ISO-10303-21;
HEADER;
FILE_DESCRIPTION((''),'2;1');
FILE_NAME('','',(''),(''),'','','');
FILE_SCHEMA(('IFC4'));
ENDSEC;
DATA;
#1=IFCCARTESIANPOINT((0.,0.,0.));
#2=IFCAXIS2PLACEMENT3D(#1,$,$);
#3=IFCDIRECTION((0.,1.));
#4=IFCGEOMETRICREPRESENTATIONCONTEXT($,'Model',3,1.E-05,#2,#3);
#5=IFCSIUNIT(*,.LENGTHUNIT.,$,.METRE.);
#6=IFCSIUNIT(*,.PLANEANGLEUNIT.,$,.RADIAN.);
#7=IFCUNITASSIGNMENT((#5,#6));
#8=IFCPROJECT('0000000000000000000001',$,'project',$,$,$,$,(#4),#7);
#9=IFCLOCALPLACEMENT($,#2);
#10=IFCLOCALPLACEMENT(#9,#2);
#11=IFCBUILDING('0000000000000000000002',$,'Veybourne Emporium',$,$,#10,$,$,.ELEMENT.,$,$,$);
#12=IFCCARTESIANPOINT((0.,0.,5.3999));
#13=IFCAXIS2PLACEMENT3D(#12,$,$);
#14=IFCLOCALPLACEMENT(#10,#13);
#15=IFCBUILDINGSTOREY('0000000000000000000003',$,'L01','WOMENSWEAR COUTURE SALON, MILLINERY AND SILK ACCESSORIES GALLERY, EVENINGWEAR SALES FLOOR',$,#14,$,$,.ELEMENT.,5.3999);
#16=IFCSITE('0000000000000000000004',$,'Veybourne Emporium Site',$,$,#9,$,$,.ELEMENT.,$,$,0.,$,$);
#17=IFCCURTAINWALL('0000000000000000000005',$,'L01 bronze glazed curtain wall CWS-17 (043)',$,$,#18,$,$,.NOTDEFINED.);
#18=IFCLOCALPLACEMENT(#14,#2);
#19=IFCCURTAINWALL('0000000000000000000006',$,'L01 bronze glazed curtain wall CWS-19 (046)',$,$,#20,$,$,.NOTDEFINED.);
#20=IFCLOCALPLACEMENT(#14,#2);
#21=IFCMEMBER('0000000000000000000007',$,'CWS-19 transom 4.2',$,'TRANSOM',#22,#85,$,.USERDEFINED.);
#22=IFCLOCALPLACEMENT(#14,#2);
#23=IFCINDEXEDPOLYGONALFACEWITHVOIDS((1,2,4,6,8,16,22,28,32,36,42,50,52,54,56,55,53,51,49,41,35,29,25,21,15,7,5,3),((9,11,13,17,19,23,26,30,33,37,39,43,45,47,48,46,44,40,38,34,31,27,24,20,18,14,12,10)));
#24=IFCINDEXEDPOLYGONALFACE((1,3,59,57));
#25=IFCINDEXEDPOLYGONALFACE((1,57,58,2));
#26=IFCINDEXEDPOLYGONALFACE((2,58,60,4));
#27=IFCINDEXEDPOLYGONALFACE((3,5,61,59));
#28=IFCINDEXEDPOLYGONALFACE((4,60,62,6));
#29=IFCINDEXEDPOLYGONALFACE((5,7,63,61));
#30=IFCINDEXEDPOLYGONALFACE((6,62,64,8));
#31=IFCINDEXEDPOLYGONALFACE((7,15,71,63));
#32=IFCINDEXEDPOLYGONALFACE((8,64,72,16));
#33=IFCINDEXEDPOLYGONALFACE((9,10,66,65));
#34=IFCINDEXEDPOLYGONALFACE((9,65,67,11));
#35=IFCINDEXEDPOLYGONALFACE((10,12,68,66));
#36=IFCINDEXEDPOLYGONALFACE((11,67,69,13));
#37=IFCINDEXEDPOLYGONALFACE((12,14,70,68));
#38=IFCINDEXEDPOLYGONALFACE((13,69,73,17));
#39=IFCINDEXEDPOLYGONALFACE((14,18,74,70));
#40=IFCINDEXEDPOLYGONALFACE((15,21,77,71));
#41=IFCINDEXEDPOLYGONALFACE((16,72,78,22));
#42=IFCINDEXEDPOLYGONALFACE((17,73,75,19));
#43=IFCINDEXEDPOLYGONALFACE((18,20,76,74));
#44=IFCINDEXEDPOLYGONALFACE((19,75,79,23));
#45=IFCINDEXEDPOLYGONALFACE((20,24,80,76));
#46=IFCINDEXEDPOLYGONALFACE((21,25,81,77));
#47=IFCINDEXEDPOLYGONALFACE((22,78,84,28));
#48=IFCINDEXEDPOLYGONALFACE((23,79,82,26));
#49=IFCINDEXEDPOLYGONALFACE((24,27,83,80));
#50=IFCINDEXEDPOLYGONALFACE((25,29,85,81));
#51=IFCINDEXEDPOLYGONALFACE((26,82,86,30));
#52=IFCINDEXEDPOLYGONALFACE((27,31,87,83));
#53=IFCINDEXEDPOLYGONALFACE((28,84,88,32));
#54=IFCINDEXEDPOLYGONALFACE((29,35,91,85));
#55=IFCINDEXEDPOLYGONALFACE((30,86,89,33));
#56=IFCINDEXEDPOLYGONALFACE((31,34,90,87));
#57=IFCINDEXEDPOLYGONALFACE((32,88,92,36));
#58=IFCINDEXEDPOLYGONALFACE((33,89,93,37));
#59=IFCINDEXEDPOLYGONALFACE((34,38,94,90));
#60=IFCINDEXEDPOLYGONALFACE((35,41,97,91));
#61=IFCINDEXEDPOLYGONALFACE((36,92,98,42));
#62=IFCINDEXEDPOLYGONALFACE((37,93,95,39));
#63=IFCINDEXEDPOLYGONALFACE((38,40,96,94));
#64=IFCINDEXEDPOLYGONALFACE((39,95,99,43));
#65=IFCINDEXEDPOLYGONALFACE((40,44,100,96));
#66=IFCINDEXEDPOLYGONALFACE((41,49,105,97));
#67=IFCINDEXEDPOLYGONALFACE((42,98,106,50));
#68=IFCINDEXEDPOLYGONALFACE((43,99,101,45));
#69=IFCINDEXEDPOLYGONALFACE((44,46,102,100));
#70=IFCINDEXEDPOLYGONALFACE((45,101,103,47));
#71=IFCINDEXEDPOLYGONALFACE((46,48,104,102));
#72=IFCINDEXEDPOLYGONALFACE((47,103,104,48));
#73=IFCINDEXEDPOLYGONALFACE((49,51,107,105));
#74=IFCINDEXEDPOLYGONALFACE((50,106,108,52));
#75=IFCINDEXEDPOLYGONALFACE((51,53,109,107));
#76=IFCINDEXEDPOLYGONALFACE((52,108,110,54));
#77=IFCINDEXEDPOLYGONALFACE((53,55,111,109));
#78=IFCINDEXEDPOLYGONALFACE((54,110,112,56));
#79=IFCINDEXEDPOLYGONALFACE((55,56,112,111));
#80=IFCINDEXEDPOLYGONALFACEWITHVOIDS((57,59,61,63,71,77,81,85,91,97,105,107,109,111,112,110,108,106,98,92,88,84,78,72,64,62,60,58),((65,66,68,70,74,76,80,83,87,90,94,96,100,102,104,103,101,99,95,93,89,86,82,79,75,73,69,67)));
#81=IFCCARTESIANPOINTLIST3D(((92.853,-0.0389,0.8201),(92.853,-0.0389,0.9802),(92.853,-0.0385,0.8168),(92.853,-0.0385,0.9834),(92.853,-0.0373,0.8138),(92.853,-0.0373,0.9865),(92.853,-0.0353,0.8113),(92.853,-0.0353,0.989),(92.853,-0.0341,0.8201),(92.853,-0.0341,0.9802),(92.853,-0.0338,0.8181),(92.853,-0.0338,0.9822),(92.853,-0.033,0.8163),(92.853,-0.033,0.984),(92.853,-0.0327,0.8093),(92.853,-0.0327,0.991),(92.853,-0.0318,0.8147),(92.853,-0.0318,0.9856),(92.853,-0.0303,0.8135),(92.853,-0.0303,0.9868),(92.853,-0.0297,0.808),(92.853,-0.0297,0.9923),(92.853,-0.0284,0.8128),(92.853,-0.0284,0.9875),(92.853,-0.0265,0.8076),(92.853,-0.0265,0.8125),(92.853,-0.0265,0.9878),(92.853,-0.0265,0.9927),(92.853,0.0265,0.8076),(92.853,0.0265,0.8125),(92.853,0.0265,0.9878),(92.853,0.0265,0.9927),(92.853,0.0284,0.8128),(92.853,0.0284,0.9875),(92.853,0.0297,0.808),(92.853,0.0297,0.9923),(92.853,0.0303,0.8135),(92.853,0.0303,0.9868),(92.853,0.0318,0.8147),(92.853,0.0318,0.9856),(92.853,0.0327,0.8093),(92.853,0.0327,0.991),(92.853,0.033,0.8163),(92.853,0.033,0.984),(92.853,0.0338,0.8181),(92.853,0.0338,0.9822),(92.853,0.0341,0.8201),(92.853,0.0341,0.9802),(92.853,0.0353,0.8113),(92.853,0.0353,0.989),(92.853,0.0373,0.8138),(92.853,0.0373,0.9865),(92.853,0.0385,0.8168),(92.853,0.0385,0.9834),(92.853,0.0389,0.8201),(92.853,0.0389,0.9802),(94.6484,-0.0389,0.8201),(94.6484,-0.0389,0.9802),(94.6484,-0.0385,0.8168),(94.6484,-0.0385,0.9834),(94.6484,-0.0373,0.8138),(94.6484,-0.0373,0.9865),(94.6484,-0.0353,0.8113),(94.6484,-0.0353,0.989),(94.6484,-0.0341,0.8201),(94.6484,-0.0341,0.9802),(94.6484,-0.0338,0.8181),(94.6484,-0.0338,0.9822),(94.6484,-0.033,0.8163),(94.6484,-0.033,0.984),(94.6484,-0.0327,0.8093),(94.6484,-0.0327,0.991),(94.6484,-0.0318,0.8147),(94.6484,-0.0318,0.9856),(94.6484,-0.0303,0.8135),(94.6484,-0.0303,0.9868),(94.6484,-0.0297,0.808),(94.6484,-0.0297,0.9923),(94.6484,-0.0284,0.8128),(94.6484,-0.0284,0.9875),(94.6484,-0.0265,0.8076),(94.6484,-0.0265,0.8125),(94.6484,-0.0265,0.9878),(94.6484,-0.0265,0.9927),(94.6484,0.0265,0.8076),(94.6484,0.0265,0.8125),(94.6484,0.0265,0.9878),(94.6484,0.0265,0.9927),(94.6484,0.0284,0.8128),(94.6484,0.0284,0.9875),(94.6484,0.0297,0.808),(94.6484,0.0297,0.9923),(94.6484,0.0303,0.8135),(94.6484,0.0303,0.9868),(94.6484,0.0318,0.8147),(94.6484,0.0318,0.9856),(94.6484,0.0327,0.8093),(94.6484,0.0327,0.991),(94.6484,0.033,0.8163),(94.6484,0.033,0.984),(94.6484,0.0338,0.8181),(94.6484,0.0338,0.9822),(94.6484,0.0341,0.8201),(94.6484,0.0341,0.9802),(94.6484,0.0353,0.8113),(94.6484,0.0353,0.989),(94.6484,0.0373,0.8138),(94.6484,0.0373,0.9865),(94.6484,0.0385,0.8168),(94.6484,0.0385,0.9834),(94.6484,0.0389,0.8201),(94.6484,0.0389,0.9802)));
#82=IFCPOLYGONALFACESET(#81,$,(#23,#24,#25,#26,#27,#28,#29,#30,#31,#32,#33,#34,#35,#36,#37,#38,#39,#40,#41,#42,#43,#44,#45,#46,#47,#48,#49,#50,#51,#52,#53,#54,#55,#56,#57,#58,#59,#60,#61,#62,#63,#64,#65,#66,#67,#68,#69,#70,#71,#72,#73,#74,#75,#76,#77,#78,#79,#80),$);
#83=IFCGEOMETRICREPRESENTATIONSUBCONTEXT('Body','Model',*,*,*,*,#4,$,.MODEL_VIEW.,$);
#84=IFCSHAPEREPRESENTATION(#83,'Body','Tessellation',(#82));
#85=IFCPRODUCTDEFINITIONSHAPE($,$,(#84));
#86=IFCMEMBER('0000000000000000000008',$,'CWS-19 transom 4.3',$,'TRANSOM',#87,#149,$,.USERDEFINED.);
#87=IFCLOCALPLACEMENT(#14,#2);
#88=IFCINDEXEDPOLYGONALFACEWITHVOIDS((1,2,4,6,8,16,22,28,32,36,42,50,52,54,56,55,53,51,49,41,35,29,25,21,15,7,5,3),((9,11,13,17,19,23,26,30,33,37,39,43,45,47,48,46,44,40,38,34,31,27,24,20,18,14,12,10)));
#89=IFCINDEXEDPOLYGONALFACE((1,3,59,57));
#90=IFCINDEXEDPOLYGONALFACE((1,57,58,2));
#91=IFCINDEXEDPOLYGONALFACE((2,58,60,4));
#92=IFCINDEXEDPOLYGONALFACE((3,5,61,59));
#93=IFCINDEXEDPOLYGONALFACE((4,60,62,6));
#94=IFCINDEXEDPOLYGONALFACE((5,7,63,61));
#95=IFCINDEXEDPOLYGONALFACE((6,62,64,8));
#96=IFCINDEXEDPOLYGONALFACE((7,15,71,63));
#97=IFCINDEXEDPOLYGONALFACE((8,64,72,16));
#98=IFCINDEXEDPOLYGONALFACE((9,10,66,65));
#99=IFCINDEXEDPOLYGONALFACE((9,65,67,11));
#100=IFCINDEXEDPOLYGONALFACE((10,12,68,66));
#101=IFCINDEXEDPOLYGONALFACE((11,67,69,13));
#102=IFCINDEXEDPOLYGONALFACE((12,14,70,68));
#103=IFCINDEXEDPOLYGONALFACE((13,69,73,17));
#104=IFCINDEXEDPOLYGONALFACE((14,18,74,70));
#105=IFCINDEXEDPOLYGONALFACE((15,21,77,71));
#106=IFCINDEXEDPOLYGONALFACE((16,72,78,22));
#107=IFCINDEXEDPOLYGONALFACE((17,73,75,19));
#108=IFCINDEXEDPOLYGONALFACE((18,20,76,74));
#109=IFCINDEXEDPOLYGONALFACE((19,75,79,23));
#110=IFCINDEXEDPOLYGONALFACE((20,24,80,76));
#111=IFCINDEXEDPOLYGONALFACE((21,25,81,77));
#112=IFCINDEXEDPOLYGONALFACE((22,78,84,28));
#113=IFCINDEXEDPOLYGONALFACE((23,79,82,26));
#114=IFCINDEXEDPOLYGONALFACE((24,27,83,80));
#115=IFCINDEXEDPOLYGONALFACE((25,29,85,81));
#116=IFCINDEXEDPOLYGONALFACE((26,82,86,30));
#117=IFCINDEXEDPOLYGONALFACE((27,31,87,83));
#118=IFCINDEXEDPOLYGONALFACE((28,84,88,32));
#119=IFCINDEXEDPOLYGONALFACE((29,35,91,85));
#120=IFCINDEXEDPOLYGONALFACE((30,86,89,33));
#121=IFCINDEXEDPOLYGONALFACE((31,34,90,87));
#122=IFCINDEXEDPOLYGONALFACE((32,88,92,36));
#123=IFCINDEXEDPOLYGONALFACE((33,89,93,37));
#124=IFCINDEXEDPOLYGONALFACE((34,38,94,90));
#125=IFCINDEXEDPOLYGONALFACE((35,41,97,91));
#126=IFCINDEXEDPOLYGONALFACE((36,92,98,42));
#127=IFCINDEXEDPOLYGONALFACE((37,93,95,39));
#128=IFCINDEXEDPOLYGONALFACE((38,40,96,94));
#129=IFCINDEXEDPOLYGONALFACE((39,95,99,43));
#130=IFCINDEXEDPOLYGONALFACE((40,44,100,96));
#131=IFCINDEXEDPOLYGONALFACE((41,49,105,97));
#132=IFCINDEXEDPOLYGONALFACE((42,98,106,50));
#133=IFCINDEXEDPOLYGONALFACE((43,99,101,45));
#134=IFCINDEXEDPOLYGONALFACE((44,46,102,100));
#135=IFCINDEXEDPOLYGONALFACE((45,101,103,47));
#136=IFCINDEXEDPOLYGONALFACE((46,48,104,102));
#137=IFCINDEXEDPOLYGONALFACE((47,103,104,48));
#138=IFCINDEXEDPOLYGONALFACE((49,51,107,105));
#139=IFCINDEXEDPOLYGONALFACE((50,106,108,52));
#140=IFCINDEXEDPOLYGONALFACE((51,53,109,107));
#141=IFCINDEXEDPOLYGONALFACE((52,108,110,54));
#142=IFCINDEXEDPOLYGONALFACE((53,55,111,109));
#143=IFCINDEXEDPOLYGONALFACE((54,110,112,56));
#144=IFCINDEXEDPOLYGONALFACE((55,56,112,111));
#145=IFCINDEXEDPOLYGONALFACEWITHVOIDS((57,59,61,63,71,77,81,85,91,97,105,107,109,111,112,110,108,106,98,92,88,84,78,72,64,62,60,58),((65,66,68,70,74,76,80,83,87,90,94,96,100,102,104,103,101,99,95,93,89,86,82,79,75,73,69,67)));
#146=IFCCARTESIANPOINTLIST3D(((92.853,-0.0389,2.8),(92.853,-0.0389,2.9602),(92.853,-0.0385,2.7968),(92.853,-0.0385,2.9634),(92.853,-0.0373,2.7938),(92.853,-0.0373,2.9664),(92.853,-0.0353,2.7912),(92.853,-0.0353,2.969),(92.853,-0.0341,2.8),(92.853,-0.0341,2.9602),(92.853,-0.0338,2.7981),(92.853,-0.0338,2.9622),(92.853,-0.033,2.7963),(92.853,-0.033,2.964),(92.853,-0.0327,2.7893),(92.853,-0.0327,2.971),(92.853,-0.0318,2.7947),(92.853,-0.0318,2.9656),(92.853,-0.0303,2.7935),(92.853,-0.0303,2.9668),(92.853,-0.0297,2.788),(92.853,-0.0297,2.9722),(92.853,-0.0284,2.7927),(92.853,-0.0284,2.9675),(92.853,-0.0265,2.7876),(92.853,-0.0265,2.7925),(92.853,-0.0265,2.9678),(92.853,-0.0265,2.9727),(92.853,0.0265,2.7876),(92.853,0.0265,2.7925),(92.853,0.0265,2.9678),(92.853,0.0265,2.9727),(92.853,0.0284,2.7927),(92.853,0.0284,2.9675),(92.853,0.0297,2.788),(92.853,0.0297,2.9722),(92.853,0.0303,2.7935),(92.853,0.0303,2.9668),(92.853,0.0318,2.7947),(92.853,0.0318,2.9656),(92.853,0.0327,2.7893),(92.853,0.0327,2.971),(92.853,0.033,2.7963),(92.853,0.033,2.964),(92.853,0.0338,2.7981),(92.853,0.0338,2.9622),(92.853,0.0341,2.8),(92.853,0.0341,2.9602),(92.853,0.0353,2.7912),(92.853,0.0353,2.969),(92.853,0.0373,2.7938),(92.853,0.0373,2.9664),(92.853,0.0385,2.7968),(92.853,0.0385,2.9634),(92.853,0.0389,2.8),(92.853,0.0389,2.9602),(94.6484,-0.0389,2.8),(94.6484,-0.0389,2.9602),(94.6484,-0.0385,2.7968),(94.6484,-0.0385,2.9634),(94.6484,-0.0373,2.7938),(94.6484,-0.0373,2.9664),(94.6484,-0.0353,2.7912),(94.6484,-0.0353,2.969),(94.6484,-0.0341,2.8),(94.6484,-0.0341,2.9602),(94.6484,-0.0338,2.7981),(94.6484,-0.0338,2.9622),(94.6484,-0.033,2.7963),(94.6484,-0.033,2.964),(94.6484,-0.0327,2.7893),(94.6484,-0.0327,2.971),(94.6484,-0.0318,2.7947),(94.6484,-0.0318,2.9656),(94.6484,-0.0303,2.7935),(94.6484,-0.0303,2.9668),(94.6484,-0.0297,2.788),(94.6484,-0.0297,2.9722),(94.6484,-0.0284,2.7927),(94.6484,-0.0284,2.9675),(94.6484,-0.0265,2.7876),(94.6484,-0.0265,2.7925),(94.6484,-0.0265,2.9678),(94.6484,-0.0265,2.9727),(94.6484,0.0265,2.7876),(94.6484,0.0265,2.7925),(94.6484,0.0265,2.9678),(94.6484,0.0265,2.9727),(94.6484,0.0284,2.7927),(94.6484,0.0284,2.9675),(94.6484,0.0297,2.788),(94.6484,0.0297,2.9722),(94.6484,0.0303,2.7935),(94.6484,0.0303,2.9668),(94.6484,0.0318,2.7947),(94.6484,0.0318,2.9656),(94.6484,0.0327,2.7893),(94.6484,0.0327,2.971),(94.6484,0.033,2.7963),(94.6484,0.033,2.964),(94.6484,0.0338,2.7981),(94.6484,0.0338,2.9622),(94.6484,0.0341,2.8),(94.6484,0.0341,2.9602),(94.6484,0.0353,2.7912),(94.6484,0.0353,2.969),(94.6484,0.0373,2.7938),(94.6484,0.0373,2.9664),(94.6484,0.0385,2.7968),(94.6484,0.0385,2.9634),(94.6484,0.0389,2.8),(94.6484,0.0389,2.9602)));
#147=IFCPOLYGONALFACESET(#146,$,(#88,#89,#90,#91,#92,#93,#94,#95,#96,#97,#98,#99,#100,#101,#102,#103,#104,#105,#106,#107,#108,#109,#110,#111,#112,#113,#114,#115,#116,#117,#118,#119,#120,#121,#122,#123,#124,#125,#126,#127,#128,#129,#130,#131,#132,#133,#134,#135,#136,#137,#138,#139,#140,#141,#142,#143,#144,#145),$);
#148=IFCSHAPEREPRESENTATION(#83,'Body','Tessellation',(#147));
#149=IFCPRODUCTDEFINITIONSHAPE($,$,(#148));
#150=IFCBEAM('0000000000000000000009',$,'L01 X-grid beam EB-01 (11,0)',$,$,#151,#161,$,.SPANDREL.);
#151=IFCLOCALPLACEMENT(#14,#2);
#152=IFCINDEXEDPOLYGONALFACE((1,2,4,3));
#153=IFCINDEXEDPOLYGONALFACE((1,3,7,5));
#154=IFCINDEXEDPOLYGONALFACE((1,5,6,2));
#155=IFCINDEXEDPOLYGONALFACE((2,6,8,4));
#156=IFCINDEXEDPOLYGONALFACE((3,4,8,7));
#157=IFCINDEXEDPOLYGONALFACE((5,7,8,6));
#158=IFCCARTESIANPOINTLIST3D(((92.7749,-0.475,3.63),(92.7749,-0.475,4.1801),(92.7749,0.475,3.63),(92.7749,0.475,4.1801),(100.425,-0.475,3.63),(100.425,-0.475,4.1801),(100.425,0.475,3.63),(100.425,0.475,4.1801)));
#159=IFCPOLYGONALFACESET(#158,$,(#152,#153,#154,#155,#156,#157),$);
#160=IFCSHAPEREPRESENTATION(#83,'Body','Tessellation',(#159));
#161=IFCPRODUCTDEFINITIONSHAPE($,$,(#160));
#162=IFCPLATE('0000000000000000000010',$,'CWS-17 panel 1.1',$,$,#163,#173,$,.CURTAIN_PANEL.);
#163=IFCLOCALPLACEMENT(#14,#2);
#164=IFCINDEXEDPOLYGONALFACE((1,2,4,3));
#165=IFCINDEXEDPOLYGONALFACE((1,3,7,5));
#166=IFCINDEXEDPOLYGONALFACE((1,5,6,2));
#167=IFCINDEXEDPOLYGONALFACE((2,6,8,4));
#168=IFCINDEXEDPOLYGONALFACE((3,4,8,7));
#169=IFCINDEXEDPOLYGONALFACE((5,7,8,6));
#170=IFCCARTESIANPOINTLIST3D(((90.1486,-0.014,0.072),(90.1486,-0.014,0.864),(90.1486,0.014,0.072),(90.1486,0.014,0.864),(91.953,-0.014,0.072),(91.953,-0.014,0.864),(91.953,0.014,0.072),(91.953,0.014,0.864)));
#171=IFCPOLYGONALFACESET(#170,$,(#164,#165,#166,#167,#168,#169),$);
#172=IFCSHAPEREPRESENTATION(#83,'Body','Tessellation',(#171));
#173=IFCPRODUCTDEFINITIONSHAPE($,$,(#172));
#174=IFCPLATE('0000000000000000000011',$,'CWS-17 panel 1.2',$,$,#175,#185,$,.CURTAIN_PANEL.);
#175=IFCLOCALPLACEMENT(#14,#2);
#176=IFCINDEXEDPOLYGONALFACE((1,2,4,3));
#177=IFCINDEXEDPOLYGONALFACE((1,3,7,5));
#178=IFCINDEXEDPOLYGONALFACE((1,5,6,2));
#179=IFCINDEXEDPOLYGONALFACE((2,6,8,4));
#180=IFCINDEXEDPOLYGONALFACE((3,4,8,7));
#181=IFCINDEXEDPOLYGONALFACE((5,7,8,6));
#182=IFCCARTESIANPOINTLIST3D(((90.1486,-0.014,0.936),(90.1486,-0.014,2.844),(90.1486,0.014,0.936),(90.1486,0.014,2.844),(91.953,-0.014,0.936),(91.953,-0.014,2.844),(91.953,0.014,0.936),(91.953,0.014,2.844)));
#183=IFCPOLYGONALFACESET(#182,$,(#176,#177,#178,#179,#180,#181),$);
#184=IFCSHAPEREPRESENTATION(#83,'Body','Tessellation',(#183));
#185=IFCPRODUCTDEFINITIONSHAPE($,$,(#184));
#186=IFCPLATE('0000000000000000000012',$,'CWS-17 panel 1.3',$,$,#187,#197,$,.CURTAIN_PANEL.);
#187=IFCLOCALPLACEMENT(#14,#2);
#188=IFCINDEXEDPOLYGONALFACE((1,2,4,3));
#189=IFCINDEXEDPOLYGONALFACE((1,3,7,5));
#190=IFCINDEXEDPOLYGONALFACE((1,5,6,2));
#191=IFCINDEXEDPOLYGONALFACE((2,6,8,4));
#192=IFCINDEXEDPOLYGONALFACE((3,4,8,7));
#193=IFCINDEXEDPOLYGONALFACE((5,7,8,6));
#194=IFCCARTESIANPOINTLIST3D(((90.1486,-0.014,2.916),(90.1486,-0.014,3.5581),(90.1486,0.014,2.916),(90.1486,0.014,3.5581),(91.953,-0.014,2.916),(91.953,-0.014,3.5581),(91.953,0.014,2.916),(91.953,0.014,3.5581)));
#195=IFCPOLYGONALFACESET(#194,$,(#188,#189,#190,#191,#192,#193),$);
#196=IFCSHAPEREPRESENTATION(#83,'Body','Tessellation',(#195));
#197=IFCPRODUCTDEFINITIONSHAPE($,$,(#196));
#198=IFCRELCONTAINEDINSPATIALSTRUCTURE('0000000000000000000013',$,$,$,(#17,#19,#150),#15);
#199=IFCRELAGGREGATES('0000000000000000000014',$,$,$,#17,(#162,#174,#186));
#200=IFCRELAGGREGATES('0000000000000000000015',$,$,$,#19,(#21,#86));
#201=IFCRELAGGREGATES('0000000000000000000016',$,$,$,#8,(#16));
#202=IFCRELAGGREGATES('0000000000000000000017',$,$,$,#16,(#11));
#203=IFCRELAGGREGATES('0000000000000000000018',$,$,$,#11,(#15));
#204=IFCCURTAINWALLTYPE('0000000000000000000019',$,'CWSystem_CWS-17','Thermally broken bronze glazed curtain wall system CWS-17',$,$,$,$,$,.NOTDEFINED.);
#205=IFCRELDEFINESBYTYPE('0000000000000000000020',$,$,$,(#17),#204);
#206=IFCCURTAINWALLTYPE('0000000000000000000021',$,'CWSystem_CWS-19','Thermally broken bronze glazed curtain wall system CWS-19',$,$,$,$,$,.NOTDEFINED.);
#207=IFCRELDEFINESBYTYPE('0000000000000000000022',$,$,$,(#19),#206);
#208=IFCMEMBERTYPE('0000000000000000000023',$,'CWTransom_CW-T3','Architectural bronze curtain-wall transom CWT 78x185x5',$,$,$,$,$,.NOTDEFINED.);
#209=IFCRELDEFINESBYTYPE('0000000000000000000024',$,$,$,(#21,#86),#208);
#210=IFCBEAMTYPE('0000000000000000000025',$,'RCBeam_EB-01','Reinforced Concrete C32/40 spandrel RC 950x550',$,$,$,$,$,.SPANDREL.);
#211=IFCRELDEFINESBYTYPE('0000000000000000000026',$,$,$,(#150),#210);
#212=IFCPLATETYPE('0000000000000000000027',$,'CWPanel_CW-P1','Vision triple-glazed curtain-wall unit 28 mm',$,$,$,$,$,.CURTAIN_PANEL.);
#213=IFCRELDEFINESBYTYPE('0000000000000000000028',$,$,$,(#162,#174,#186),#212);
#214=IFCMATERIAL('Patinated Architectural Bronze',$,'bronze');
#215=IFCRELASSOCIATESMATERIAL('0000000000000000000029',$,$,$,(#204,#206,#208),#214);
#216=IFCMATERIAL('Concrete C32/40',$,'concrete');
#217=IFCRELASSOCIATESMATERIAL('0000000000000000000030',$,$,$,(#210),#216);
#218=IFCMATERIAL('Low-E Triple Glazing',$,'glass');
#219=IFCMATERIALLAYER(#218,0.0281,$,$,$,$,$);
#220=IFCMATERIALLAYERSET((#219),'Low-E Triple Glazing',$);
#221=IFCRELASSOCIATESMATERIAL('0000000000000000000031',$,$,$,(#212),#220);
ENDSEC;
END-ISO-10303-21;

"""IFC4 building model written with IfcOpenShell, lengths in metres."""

from ifc_helpers import new_model, si_unit, direction, frame, origin, origin_2d, place, context, subcontext, project, spatial, rectangle, hollow_rectangle, extrude, material, layer, layer_set, material_profile, profile_set, type_object, element, aggregate, save


model = new_model("IFC4")

# Units and contexts
model_context = context("Model", 3, precision=1e-05, world=origin(), true_north=direction((0.0, 1.0)))
body_context = subcontext(model_context, "Body", "Model", "MODEL_VIEW")
ifc_project = project(units=[si_unit("LENGTHUNIT", "METRE"), si_unit("PLANEANGLEUNIT", "RADIAN")], contexts=[model_context])

# Site, building, storey
site_placement = place(None, origin())
site = spatial("IfcSite", under=ifc_project, at=site_placement, Name="Veybourne Emporium Site", CompositionType="ELEMENT", RefElevation=0.0)
building_placement = place(site_placement, origin())
building = spatial("IfcBuilding", under=site, at=building_placement, Name="Veybourne Emporium", CompositionType="ELEMENT")
storey_placement = place(building_placement, frame((0.0, 0.0, 5.3999)))
storey = spatial("IfcBuildingStorey", under=building, at=storey_placement, Name="L01", Description="WOMENSWEAR COUTURE SALON, MILLINERY AND SILK ACCESSORIES GALLERY, EVENINGWEAR SALES FLOOR", CompositionType="ELEMENT", Elevation=5.3999)

# Curtain wall
ifc_material_1 = material(Name="Patinated Architectural Bronze", Category="bronze")
curtain_wall_type_1 = type_object("IfcCurtainWallType", Name="CWSystem_CWS-17", Description="Thermally broken bronze glazed curtain wall system CWS-17", PredefinedType="NOTDEFINED", material=ifc_material_1)
curtain_wall_1_placement = place(storey_placement, origin())
curtain_wall_1 = element("IfcCurtainWall", 1, at=curtain_wall_1_placement, inside=storey, type_object=curtain_wall_type_1, Name="L01 bronze glazed curtain wall CWS-17 (043)", PredefinedType="NOTDEFINED")

# Curtain wall
curtain_wall_type_2 = type_object("IfcCurtainWallType", Name="CWSystem_CWS-19", Description="Thermally broken bronze glazed curtain wall system CWS-19", PredefinedType="NOTDEFINED", material=ifc_material_1)
curtain_wall_2_placement = place(storey_placement, origin())
curtain_wall_2 = element("IfcCurtainWall", 2, at=curtain_wall_2_placement, inside=storey, type_object=curtain_wall_type_2, Name="L01 bronze glazed curtain wall CWS-19 (046)", PredefinedType="NOTDEFINED")

# Members
ifc_material_profile_1 = material_profile(ifc_material_1, hollow_rectangle(XDim=0.0779, YDim=0.1851, WallThickness=0.0049, InnerFilletRadius=0.0076, OuterFilletRadius=0.0125, at=origin_2d()), Name="CWT 78x185x5")
ifc_profile_set_1 = profile_set([ifc_material_profile_1], Name="Patinated Architectural Bronze")
member_type_1 = type_object("IfcMemberType", Name="CWTransom_CW-T3", Description="Architectural bronze curtain-wall transom CWT 78x185x5", PredefinedType="NOTDEFINED", material=ifc_profile_set_1)
member_1_placement = place(storey_placement, frame((94.6484, 0.0, 0.9001), z_axis=(-1.0, 0.0, 0.0), x_axis=(0.0, -1.0, 0.0)))
member_1 = element("IfcMember", 3, at=member_1_placement, type_object=member_type_1, Name="CWS-19 transom 4.2", ObjectType="TRANSOM", PredefinedType="USERDEFINED", context=body_context, shape_type="SweptSolid", body=[
    extrude(hollow_rectangle(XDim=0.0779, YDim=0.1851, WallThickness=0.0049, InnerFilletRadius=0.0076, OuterFilletRadius=0.0125, at=origin_2d()), origin(), (0.0, 0.0, 1.0), 1.7954),
])
member_2_placement = place(storey_placement, frame((94.6484, 0.0, 2.8801), z_axis=(-1.0, 0.0, 0.0), x_axis=(0.0, -1.0, 0.0)))
member_2 = element("IfcMember", 4, at=member_2_placement, type_object=member_type_1, Name="CWS-19 transom 4.3", ObjectType="TRANSOM", PredefinedType="USERDEFINED", context=body_context, shape_type="SweptSolid", body=[
    extrude(hollow_rectangle(XDim=0.0779, YDim=0.1851, WallThickness=0.0049, InnerFilletRadius=0.0076, OuterFilletRadius=0.0125, at=origin_2d()), origin(), (0.0, 0.0, 1.0), 1.7954),
])

# Beam
ifc_material_2 = material(Name="Concrete C32/40", Category="concrete")
ifc_material_profile_2 = material_profile(ifc_material_2, rectangle(XDim=0.95, YDim=0.55, at=origin_2d()), Name="RC 950x550")
ifc_profile_set_2 = profile_set([ifc_material_profile_2], Name="Concrete C32/40")
beam_type = type_object("IfcBeamType", Name="RCBeam_EB-01", Description="Reinforced Concrete C32/40 spandrel RC 950x550", PredefinedType="SPANDREL", material=ifc_profile_set_2)
beam_placement = place(storey_placement, frame((92.7749, 0.0, 3.905), z_axis=(1.0, 0.0, 0.0), x_axis=(0.0, 1.0, 0.0)))
element("IfcBeam", 5, at=beam_placement, inside=storey, type_object=beam_type, Name="L01 X-grid beam EB-01 (11,0)", PredefinedType="SPANDREL", context=body_context, shape_type="SweptSolid", body=[
    extrude(rectangle(XDim=0.95, YDim=0.55, at=origin_2d()), origin(), (0.0, 0.0, 1.0), 7.6501),
])

# Plates
ifc_material_3 = material(Name="Low-E Triple Glazing", Category="glass")
ifc_layer = layer(ifc_material_3, 0.0281)
ifc_layer_set = layer_set([ifc_layer], Name="Low-E Triple Glazing")
plate_type = type_object("IfcPlateType", Name="CWPanel_CW-P1", Description="Vision triple-glazed curtain-wall unit 28 mm", PredefinedType="CURTAIN_PANEL", material=ifc_layer_set)
plate_1_placement = place(storey_placement, frame((91.0508, 0.0, 0.072), z_axis=(0.0, 0.0, 1.0), x_axis=(-1.0, 0.0, 0.0)))
plate_1 = element("IfcPlate", 6, at=plate_1_placement, type_object=plate_type, Name="CWS-17 panel 1.1", PredefinedType="CURTAIN_PANEL", context=body_context, shape_type="SweptSolid", body=[
    extrude(rectangle(XDim=1.8044, YDim=0.0281, at=origin_2d()), origin(), (0.0, 0.0, 1.0), 0.792),
])
plate_2_placement = place(storey_placement, frame((91.0508, 0.0, 0.936), z_axis=(0.0, 0.0, 1.0), x_axis=(-1.0, 0.0, 0.0)))
plate_2 = element("IfcPlate", 7, at=plate_2_placement, type_object=plate_type, Name="CWS-17 panel 1.2", PredefinedType="CURTAIN_PANEL", context=body_context, shape_type="SweptSolid", body=[
    extrude(rectangle(XDim=1.8044, YDim=0.0281, at=origin_2d()), origin(), (0.0, 0.0, 1.0), 1.908),
])
plate_3_placement = place(storey_placement, frame((91.0508, 0.0, 2.916), z_axis=(0.0, 0.0, 1.0), x_axis=(-1.0, 0.0, 0.0)))
plate_3 = element("IfcPlate", 8, at=plate_3_placement, type_object=plate_type, Name="CWS-17 panel 1.3", PredefinedType="CURTAIN_PANEL", context=body_context, shape_type="SweptSolid", body=[
    extrude(rectangle(XDim=1.8044, YDim=0.0281, at=origin_2d()), origin(), (0.0, 0.0, 1.0), 0.6421),
])
aggregate(curtain_wall_1, [plate_1, plate_2, plate_3])
aggregate(curtain_wall_2, [member_1, member_2])

save(model, "model.ifc")
